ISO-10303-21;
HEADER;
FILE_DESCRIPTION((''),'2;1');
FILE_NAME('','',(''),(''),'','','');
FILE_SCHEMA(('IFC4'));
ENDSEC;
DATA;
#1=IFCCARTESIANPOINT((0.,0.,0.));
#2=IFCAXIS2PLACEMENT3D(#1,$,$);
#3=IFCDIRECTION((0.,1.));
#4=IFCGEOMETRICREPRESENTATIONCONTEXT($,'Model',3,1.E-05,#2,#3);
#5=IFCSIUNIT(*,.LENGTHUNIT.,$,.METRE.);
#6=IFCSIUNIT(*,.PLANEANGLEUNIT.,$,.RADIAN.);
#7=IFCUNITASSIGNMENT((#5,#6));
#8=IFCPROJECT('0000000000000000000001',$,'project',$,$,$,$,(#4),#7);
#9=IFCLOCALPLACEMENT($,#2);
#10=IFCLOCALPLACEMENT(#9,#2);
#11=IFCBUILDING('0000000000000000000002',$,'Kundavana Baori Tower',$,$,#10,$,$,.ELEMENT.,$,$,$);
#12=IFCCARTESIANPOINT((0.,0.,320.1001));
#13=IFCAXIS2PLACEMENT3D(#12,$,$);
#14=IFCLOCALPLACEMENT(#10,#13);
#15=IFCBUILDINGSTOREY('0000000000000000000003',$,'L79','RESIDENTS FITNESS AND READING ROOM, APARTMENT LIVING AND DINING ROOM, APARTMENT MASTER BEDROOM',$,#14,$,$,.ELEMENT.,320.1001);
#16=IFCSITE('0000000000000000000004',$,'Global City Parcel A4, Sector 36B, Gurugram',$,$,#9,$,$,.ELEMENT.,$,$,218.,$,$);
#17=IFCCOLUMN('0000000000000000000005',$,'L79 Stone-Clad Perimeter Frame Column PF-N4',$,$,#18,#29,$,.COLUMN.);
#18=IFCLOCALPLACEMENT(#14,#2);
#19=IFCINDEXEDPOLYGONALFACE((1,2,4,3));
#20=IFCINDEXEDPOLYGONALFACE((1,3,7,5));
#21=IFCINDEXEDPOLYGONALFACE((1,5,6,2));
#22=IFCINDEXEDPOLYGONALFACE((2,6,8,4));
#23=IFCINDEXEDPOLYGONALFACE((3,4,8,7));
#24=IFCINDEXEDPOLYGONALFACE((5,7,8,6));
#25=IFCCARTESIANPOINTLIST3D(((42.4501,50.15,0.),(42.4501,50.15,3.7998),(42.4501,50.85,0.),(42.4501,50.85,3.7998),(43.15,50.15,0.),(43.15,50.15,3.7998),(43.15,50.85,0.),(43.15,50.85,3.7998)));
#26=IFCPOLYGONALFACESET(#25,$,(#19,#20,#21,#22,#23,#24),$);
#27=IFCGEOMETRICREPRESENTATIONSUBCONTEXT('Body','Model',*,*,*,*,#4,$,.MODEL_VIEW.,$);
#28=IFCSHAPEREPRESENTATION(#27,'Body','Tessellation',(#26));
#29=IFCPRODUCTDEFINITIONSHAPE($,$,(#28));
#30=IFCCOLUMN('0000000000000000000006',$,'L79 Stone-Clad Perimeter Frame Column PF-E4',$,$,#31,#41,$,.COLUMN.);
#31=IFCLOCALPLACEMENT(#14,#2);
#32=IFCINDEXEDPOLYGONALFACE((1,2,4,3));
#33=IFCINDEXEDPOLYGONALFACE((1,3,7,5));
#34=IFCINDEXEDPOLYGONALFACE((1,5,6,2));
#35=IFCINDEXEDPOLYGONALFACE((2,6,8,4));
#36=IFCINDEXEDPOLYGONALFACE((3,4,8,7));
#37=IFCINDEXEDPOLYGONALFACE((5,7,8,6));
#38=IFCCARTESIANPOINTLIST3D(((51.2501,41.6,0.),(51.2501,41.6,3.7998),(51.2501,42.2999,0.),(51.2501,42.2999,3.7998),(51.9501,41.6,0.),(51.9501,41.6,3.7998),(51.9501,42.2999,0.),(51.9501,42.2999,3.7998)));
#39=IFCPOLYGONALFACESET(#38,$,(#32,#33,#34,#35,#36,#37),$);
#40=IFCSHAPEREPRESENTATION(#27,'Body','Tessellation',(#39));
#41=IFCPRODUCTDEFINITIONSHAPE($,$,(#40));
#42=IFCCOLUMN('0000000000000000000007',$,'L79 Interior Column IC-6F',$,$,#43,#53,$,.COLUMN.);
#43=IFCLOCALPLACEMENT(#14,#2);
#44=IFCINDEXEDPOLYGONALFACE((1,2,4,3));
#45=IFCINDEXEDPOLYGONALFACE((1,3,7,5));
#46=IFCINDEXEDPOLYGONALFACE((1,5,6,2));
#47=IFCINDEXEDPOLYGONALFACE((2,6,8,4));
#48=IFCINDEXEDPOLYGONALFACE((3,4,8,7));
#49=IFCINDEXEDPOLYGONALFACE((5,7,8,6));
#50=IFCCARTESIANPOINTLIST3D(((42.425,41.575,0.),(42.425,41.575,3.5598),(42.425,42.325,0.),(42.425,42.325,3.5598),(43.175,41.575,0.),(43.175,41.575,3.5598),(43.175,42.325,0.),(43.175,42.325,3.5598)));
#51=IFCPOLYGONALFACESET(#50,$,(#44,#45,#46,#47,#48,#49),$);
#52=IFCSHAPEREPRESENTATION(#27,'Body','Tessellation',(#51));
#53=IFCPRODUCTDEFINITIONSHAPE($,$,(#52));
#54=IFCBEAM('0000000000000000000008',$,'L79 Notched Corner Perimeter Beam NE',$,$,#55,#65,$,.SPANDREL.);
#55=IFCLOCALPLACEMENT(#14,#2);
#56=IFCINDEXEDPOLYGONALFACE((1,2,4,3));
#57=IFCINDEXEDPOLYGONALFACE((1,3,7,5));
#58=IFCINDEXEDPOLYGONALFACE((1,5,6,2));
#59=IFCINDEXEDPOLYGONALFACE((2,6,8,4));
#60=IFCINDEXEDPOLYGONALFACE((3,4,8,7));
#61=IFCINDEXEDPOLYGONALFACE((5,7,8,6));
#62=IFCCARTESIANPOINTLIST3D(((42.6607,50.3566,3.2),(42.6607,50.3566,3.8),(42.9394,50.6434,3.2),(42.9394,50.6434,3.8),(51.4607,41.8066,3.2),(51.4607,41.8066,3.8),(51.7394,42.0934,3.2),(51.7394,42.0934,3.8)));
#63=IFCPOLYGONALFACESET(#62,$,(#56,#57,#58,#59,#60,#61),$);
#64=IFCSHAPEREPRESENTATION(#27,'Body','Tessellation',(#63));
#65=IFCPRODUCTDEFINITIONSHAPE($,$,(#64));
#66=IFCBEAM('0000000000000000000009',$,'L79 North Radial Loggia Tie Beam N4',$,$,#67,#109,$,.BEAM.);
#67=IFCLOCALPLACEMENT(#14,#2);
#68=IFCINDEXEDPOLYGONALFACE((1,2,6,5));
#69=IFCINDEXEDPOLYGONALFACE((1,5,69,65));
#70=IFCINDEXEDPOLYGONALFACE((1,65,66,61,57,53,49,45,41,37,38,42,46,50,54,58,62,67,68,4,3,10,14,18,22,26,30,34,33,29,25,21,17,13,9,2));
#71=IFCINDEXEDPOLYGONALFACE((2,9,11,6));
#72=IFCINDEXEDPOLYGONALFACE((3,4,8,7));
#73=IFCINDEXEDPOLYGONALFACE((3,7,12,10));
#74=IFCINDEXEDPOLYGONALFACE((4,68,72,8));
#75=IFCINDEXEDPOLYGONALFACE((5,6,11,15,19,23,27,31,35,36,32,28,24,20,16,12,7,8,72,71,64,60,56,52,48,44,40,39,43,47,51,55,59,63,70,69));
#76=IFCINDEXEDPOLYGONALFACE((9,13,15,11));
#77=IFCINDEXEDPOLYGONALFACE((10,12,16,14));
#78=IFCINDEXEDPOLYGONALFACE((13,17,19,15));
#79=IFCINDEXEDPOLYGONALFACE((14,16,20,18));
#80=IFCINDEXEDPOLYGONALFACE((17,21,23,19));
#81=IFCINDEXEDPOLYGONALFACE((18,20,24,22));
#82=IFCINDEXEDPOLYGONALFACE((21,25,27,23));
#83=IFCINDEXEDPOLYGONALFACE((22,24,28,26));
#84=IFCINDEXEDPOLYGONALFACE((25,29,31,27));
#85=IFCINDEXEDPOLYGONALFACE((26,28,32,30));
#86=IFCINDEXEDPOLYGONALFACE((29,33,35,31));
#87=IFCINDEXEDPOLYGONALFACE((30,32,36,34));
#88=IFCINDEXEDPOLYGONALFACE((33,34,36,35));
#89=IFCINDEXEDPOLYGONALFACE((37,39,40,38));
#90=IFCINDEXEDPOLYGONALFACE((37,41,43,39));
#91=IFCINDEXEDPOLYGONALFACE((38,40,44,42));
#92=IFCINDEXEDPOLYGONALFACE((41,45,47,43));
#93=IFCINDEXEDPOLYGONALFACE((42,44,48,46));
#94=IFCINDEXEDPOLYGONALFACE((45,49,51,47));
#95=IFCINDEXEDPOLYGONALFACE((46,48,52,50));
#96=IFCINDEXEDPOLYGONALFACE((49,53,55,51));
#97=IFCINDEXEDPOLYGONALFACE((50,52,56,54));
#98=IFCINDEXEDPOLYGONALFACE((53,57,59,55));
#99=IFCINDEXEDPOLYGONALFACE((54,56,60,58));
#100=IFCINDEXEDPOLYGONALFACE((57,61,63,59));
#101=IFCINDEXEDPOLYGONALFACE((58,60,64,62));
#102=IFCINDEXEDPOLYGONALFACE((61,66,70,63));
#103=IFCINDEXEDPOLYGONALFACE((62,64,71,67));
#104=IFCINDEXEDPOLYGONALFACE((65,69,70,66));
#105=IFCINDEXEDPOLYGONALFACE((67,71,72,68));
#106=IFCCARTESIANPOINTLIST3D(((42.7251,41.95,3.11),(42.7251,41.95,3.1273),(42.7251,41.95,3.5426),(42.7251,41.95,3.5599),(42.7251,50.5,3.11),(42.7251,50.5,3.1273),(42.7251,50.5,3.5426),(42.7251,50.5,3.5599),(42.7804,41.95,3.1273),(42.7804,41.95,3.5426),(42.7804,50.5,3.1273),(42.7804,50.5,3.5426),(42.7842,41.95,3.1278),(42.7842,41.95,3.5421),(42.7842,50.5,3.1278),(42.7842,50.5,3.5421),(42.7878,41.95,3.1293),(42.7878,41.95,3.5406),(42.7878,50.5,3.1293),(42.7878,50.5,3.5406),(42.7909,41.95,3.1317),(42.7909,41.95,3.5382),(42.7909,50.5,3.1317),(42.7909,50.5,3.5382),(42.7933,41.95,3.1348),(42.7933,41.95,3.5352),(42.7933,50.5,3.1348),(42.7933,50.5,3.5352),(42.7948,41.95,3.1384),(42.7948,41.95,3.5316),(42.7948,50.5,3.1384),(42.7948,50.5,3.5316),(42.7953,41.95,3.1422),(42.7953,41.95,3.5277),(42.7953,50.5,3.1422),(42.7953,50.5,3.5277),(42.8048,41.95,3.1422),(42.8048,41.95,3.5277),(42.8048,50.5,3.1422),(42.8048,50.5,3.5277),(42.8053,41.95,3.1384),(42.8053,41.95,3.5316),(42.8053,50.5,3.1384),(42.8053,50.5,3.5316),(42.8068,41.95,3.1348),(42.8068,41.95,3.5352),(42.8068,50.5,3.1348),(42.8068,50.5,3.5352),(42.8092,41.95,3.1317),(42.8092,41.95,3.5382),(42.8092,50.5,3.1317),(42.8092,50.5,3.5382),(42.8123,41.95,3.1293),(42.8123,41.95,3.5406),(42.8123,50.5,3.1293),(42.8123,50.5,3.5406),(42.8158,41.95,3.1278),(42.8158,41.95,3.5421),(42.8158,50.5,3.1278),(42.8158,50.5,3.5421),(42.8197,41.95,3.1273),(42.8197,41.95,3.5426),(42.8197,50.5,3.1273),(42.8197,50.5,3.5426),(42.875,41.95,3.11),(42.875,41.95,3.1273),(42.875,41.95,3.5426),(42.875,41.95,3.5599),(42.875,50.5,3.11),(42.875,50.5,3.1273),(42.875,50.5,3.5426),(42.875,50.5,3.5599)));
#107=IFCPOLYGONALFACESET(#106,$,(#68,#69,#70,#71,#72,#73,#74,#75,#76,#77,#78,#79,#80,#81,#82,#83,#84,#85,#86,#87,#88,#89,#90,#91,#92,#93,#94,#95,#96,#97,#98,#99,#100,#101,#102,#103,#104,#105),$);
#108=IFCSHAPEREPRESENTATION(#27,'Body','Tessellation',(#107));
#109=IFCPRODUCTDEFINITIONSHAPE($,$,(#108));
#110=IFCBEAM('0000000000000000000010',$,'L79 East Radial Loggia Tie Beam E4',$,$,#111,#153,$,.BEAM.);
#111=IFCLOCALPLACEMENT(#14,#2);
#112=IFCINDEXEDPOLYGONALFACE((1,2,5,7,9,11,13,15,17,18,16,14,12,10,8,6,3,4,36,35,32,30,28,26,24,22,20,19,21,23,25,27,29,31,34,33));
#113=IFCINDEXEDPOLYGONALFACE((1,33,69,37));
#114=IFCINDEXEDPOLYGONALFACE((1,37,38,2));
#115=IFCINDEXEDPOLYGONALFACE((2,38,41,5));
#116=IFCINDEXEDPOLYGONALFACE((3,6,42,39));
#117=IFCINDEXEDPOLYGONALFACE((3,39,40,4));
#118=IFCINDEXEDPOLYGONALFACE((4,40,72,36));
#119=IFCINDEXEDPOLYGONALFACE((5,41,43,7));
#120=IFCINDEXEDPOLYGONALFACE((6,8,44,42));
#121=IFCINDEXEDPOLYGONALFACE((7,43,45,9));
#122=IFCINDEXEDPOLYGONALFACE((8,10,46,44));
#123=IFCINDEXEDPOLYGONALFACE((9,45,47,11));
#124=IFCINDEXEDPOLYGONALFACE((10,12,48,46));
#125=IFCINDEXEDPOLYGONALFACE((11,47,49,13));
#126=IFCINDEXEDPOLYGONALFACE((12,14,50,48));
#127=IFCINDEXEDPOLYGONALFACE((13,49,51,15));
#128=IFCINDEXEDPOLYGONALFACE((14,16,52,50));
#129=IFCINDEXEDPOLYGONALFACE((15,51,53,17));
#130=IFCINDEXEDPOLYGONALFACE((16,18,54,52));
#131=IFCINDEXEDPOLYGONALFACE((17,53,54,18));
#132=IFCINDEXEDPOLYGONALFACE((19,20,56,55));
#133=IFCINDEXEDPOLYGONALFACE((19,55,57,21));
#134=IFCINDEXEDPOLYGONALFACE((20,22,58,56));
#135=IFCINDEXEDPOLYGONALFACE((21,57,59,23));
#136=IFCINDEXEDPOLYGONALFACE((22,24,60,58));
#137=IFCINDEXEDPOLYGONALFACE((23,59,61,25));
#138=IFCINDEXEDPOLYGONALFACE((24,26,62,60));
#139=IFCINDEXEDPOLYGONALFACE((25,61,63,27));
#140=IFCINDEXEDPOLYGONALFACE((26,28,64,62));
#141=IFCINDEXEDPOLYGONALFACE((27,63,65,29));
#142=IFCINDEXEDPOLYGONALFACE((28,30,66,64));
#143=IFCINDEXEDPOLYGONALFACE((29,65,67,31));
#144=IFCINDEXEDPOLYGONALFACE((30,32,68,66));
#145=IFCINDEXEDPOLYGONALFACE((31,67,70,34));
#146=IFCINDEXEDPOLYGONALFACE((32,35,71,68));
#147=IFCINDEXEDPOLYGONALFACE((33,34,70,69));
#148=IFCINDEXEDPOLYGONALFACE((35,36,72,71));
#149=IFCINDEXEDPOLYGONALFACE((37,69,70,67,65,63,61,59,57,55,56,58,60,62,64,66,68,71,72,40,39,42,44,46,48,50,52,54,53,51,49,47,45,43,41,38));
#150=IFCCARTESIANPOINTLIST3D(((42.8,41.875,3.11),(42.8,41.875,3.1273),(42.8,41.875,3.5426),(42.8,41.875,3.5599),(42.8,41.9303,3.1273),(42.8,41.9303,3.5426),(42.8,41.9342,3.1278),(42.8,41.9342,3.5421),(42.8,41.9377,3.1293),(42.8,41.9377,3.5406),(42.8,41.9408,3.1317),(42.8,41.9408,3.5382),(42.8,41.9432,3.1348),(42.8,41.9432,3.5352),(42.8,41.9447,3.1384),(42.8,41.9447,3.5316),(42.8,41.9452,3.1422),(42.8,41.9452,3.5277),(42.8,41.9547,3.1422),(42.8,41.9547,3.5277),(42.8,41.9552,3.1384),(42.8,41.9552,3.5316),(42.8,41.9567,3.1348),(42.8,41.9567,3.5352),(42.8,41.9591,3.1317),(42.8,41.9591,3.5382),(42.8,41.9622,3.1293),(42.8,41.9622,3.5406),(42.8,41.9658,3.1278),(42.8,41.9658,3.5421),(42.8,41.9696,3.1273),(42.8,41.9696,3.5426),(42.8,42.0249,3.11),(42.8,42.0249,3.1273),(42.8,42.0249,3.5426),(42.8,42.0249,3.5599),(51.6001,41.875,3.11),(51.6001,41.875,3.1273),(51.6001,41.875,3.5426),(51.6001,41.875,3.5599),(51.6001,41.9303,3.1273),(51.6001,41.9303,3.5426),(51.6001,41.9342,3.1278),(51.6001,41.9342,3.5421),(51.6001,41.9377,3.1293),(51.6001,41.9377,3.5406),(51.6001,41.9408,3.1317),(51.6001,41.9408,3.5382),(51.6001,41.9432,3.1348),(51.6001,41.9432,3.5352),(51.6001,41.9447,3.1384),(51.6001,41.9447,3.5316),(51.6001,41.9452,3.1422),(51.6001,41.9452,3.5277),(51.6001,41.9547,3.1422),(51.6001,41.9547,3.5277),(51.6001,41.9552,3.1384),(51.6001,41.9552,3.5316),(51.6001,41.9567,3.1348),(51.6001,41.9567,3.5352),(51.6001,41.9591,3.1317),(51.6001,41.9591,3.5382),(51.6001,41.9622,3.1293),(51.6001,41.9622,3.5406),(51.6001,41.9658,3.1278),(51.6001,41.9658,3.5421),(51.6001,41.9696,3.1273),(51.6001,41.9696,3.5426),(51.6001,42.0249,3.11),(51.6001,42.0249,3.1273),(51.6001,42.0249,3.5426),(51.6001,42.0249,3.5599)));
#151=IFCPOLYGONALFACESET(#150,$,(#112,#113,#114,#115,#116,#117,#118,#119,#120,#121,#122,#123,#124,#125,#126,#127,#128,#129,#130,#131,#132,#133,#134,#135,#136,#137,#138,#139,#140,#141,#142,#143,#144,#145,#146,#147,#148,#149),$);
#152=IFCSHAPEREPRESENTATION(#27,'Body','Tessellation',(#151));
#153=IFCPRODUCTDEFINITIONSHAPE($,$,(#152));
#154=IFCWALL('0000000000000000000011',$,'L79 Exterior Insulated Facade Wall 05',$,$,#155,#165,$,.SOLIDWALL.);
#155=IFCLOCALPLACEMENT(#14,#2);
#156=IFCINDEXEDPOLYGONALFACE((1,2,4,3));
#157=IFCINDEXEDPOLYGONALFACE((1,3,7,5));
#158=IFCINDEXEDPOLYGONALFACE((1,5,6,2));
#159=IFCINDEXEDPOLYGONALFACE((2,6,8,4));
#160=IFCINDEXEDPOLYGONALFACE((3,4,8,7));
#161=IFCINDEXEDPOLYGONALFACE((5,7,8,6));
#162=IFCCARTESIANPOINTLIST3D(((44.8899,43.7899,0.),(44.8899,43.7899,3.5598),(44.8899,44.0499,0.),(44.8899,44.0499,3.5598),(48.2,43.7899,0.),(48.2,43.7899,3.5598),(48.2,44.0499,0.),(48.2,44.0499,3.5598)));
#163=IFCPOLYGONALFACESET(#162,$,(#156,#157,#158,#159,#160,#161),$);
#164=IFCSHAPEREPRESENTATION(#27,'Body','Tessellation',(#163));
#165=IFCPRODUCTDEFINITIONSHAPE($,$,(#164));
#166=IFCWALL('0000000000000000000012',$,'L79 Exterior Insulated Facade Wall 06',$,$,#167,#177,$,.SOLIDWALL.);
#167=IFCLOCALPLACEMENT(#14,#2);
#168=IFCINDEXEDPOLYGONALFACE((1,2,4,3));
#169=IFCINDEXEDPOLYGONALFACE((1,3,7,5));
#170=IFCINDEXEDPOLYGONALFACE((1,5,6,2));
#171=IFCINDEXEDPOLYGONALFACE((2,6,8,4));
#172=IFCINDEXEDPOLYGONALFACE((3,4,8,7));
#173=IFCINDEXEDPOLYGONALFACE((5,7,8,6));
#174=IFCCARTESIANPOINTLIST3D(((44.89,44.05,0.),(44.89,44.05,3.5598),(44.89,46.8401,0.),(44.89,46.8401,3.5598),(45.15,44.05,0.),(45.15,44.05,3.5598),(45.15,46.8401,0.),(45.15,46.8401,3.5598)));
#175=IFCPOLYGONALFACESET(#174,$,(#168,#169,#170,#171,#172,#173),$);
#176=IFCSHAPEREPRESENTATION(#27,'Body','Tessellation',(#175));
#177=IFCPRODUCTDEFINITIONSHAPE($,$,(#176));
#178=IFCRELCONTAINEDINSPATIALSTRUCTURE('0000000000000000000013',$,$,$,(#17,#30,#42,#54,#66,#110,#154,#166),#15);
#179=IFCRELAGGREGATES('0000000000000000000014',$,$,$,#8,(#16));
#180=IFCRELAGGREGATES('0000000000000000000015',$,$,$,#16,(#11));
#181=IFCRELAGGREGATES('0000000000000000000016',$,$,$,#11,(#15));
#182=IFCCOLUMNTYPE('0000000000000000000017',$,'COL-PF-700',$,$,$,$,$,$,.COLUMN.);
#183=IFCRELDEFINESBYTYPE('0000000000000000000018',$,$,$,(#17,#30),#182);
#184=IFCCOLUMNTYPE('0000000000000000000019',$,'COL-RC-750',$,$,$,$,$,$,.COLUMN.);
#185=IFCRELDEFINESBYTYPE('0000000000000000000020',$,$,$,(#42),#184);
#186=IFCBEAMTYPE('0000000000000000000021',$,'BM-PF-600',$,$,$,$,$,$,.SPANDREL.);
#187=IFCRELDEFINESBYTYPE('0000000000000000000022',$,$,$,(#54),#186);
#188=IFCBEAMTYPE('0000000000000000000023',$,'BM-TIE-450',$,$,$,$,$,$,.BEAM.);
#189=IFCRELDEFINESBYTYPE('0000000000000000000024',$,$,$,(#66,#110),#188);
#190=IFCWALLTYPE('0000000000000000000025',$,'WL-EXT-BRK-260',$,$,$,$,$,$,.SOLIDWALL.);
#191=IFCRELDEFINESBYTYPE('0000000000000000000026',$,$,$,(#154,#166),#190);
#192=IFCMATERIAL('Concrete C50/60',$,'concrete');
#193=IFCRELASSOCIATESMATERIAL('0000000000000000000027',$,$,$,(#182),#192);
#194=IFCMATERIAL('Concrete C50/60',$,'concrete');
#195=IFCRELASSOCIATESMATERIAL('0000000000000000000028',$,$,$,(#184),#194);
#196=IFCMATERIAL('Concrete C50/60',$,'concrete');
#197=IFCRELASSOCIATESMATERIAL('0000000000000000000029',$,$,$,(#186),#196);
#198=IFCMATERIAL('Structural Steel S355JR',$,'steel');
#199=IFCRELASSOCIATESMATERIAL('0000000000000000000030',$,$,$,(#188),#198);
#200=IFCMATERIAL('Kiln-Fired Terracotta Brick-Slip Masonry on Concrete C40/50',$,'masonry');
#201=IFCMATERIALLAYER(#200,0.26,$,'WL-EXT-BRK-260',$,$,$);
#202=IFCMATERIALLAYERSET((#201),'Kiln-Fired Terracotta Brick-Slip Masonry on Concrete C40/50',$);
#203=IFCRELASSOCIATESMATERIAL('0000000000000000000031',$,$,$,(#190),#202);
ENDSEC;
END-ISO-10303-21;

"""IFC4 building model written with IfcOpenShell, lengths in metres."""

from ifc_helpers import new_model, si_unit, direction, frame, frame_2d, origin, origin_2d, place, context, subcontext, project, spatial, rectangle, i_section, extrude, material, layer, layer_set, material_profile, profile_set, type_object, element, save


model = new_model("IFC4")

# Units and contexts
model_context = context("Model", 3, precision=1e-05, world=origin(), true_north=direction((0.0, 1.0)))
body_context = subcontext(model_context, "Body", "Model", "MODEL_VIEW")
ifc_project = project(units=[si_unit("LENGTHUNIT", "METRE"), si_unit("PLANEANGLEUNIT", "RADIAN")], contexts=[model_context])

# Site, building, storey
site_placement = place(None, origin())
site = spatial("IfcSite", under=ifc_project, at=site_placement, Name="Global City Parcel A4, Sector 36B, Gurugram", CompositionType="ELEMENT", RefElevation=218.0)
building_placement = place(site_placement, origin())
building = spatial("IfcBuilding", under=site, at=building_placement, Name="Kundavana Baori Tower", CompositionType="ELEMENT")
storey_placement = place(building_placement, frame((0.0, 0.0, 320.1001)))
storey = spatial("IfcBuildingStorey", under=building, at=storey_placement, Name="L79", Description="RESIDENTS FITNESS AND READING ROOM, APARTMENT LIVING AND DINING ROOM, APARTMENT MASTER BEDROOM", CompositionType="ELEMENT", Elevation=320.1001)

# Columns
ifc_material_1 = material(Name="Concrete C50/60", Category="concrete")
ifc_material_profile_1 = material_profile(ifc_material_1, rectangle(XDim=0.7, YDim=0.7, at=origin_2d()), Name="RC PF 700x700")
ifc_profile_set_1 = profile_set([ifc_material_profile_1], Name="Concrete C50/60")
column_type_1 = type_object("IfcColumnType", Name="COL-PF-700", PredefinedType="COLUMN", material=ifc_profile_set_1)
for number, where, z_axis, x_axis, name in (
    (1, (42.8, 50.5, 0.0), (0.0, 0.0, 1.0), (1.0, 0.0, 0.0), "L79 Stone-Clad Perimeter Frame Column PF-N4"),
    (2, (51.6001, 41.95, 0.0), (0.0, 0.0, 1.0), (1.0, 0.0, 0.0), "L79 Stone-Clad Perimeter Frame Column PF-E4"),
):
    element("IfcColumn", number, at=place(storey_placement, frame(where, z_axis=z_axis, x_axis=x_axis)), inside=storey, type_object=column_type_1, Name=name, PredefinedType="COLUMN", context=body_context, shape_type="SweptSolid", body=[
        extrude(rectangle(XDim=0.7, YDim=0.7, at=origin_2d()), origin(), (0.0, 0.0, 1.0), 3.7998),
    ])
ifc_material_2 = material(Name="Concrete C50/60", Category="concrete")
ifc_material_profile_2 = material_profile(ifc_material_2, rectangle(XDim=0.75, YDim=0.75, at=origin_2d()), Name="RC 750x750")
ifc_profile_set_2 = profile_set([ifc_material_profile_2], Name="Concrete C50/60")
column_type_2 = type_object("IfcColumnType", Name="COL-RC-750", PredefinedType="COLUMN", material=ifc_profile_set_2)
column_placement = place(storey_placement, frame((42.8, 41.95, 0.0), z_axis=(0.0, 0.0, 1.0), x_axis=(1.0, 0.0, 0.0)))
element("IfcColumn", 3, at=column_placement, inside=storey, type_object=column_type_2, Name="L79 Interior Column IC-6F", PredefinedType="COLUMN", context=body_context, shape_type="SweptSolid", body=[
    extrude(rectangle(XDim=0.75, YDim=0.75, at=origin_2d()), origin(), (0.0, 0.0, 1.0), 3.5598),
])

# Beams
ifc_material_3 = material(Name="Concrete C50/60", Category="concrete")
ifc_material_profile_3 = material_profile(ifc_material_3, rectangle(XDim=0.3999, YDim=0.6001, at=origin_2d()), Name="RC BM 400x600")
ifc_profile_set_3 = profile_set([ifc_material_profile_3], Name="Concrete C50/60")
beam_type_1 = type_object("IfcBeamType", Name="BM-PF-600", PredefinedType="SPANDREL", material=ifc_profile_set_3)
beam_1_placement = place(storey_placement, frame((42.8, 50.5, 3.5), z_axis=(0.717221, -0.696846, 0.0), x_axis=(0.696846, 0.717221, 0.0)))
element("IfcBeam", 4, at=beam_1_placement, inside=storey, type_object=beam_type_1, Name="L79 Notched Corner Perimeter Beam NE", PredefinedType="SPANDREL", context=body_context, shape_type="SweptSolid", body=[
    extrude(rectangle(XDim=0.3999, YDim=0.6001, at=origin_2d()), origin(), (0.0, 0.0, 1.0), 12.2695),
])
ifc_material_4 = material(Name="Structural Steel S355JR", Category="steel")
ifc_material_profile_4 = material_profile(ifc_material_4, i_section(OverallWidth=0.1499, OverallDepth=0.45, WebThickness=0.0095, FlangeThickness=0.0173, FilletRadius=0.0149, at=origin_2d()), Name="ISMB 450")
ifc_profile_set_4 = profile_set([ifc_material_profile_4], Name="Structural Steel S355JR")
beam_type_2 = type_object("IfcBeamType", Name="BM-TIE-450", PredefinedType="BEAM", material=ifc_profile_set_4)
beam_2_placement = place(storey_placement, frame((42.8, 41.95, 3.335), z_axis=(0.0, 1.0, 0.0), x_axis=(-1.0, 0.0, 0.0)))
element("IfcBeam", 5, at=beam_2_placement, inside=storey, type_object=beam_type_2, Name="L79 North Radial Loggia Tie Beam N4", PredefinedType="BEAM", context=body_context, shape_type="SweptSolid", body=[
    extrude(i_section(OverallWidth=0.1499, OverallDepth=0.45, WebThickness=0.0095, FlangeThickness=0.0173, FilletRadius=0.0149, at=origin_2d()), origin(), (0.0, 0.0, 1.0), 8.55),
])
beam_3_placement = place(storey_placement, frame((42.8, 41.95, 3.335), z_axis=(1.0, 0.0, 0.0), x_axis=(0.0, 1.0, 0.0)))
element("IfcBeam", 6, at=beam_3_placement, inside=storey, type_object=beam_type_2, Name="L79 East Radial Loggia Tie Beam E4", PredefinedType="BEAM", context=body_context, shape_type="SweptSolid", body=[
    extrude(i_section(OverallWidth=0.1499, OverallDepth=0.45, WebThickness=0.0095, FlangeThickness=0.0173, FilletRadius=0.0149, at=origin_2d()), origin(), (0.0, 0.0, 1.0), 8.8),
])

# Walls
ifc_material_5 = material(Name="Kiln-Fired Terracotta Brick-Slip Masonry on Concrete C40/50", Category="masonry")
ifc_layer_1 = layer(ifc_material_5, 0.26, Name="WL-EXT-BRK-260")
ifc_layer_set_1 = layer_set([ifc_layer_1], Name="Kiln-Fired Terracotta Brick-Slip Masonry on Concrete C40/50")
wall_type_1 = type_object("IfcWallType", Name="WL-EXT-BRK-260", PredefinedType="SOLIDWALL", material=ifc_layer_set_1)
wall_1_placement = place(storey_placement, frame((48.2, 43.9199, 0.0), z_axis=(0.0, 0.0, 1.0), x_axis=(-1.0, 0.0, 0.0)))
element("IfcWall", 7, at=wall_1_placement, inside=storey, type_object=wall_type_1, Name="L79 Exterior Insulated Facade Wall 05", PredefinedType="SOLIDWALL", context=body_context, shape_type="SweptSolid", body=[
    extrude(rectangle(XDim=3.3101, YDim=0.26, at=frame_2d((1.655, 0.0))), origin(), (0.0, 0.0, 1.0), 3.5598),
])
wall_2_placement = place(storey_placement, frame((45.02, 44.05, 0.0), z_axis=(0.0, 0.0, 1.0), x_axis=(0.0, 1.0, 0.0)))
element("IfcWall", 8, at=wall_2_placement, inside=storey, type_object=wall_type_1, Name="L79 Exterior Insulated Facade Wall 06", PredefinedType="SOLIDWALL", context=body_context, shape_type="SweptSolid", body=[
    extrude(rectangle(XDim=2.79, YDim=0.26, at=frame_2d((1.395, 0.0))), origin(), (0.0, 0.0, 1.0), 3.5598),
])

save(model, "model.ifc")
